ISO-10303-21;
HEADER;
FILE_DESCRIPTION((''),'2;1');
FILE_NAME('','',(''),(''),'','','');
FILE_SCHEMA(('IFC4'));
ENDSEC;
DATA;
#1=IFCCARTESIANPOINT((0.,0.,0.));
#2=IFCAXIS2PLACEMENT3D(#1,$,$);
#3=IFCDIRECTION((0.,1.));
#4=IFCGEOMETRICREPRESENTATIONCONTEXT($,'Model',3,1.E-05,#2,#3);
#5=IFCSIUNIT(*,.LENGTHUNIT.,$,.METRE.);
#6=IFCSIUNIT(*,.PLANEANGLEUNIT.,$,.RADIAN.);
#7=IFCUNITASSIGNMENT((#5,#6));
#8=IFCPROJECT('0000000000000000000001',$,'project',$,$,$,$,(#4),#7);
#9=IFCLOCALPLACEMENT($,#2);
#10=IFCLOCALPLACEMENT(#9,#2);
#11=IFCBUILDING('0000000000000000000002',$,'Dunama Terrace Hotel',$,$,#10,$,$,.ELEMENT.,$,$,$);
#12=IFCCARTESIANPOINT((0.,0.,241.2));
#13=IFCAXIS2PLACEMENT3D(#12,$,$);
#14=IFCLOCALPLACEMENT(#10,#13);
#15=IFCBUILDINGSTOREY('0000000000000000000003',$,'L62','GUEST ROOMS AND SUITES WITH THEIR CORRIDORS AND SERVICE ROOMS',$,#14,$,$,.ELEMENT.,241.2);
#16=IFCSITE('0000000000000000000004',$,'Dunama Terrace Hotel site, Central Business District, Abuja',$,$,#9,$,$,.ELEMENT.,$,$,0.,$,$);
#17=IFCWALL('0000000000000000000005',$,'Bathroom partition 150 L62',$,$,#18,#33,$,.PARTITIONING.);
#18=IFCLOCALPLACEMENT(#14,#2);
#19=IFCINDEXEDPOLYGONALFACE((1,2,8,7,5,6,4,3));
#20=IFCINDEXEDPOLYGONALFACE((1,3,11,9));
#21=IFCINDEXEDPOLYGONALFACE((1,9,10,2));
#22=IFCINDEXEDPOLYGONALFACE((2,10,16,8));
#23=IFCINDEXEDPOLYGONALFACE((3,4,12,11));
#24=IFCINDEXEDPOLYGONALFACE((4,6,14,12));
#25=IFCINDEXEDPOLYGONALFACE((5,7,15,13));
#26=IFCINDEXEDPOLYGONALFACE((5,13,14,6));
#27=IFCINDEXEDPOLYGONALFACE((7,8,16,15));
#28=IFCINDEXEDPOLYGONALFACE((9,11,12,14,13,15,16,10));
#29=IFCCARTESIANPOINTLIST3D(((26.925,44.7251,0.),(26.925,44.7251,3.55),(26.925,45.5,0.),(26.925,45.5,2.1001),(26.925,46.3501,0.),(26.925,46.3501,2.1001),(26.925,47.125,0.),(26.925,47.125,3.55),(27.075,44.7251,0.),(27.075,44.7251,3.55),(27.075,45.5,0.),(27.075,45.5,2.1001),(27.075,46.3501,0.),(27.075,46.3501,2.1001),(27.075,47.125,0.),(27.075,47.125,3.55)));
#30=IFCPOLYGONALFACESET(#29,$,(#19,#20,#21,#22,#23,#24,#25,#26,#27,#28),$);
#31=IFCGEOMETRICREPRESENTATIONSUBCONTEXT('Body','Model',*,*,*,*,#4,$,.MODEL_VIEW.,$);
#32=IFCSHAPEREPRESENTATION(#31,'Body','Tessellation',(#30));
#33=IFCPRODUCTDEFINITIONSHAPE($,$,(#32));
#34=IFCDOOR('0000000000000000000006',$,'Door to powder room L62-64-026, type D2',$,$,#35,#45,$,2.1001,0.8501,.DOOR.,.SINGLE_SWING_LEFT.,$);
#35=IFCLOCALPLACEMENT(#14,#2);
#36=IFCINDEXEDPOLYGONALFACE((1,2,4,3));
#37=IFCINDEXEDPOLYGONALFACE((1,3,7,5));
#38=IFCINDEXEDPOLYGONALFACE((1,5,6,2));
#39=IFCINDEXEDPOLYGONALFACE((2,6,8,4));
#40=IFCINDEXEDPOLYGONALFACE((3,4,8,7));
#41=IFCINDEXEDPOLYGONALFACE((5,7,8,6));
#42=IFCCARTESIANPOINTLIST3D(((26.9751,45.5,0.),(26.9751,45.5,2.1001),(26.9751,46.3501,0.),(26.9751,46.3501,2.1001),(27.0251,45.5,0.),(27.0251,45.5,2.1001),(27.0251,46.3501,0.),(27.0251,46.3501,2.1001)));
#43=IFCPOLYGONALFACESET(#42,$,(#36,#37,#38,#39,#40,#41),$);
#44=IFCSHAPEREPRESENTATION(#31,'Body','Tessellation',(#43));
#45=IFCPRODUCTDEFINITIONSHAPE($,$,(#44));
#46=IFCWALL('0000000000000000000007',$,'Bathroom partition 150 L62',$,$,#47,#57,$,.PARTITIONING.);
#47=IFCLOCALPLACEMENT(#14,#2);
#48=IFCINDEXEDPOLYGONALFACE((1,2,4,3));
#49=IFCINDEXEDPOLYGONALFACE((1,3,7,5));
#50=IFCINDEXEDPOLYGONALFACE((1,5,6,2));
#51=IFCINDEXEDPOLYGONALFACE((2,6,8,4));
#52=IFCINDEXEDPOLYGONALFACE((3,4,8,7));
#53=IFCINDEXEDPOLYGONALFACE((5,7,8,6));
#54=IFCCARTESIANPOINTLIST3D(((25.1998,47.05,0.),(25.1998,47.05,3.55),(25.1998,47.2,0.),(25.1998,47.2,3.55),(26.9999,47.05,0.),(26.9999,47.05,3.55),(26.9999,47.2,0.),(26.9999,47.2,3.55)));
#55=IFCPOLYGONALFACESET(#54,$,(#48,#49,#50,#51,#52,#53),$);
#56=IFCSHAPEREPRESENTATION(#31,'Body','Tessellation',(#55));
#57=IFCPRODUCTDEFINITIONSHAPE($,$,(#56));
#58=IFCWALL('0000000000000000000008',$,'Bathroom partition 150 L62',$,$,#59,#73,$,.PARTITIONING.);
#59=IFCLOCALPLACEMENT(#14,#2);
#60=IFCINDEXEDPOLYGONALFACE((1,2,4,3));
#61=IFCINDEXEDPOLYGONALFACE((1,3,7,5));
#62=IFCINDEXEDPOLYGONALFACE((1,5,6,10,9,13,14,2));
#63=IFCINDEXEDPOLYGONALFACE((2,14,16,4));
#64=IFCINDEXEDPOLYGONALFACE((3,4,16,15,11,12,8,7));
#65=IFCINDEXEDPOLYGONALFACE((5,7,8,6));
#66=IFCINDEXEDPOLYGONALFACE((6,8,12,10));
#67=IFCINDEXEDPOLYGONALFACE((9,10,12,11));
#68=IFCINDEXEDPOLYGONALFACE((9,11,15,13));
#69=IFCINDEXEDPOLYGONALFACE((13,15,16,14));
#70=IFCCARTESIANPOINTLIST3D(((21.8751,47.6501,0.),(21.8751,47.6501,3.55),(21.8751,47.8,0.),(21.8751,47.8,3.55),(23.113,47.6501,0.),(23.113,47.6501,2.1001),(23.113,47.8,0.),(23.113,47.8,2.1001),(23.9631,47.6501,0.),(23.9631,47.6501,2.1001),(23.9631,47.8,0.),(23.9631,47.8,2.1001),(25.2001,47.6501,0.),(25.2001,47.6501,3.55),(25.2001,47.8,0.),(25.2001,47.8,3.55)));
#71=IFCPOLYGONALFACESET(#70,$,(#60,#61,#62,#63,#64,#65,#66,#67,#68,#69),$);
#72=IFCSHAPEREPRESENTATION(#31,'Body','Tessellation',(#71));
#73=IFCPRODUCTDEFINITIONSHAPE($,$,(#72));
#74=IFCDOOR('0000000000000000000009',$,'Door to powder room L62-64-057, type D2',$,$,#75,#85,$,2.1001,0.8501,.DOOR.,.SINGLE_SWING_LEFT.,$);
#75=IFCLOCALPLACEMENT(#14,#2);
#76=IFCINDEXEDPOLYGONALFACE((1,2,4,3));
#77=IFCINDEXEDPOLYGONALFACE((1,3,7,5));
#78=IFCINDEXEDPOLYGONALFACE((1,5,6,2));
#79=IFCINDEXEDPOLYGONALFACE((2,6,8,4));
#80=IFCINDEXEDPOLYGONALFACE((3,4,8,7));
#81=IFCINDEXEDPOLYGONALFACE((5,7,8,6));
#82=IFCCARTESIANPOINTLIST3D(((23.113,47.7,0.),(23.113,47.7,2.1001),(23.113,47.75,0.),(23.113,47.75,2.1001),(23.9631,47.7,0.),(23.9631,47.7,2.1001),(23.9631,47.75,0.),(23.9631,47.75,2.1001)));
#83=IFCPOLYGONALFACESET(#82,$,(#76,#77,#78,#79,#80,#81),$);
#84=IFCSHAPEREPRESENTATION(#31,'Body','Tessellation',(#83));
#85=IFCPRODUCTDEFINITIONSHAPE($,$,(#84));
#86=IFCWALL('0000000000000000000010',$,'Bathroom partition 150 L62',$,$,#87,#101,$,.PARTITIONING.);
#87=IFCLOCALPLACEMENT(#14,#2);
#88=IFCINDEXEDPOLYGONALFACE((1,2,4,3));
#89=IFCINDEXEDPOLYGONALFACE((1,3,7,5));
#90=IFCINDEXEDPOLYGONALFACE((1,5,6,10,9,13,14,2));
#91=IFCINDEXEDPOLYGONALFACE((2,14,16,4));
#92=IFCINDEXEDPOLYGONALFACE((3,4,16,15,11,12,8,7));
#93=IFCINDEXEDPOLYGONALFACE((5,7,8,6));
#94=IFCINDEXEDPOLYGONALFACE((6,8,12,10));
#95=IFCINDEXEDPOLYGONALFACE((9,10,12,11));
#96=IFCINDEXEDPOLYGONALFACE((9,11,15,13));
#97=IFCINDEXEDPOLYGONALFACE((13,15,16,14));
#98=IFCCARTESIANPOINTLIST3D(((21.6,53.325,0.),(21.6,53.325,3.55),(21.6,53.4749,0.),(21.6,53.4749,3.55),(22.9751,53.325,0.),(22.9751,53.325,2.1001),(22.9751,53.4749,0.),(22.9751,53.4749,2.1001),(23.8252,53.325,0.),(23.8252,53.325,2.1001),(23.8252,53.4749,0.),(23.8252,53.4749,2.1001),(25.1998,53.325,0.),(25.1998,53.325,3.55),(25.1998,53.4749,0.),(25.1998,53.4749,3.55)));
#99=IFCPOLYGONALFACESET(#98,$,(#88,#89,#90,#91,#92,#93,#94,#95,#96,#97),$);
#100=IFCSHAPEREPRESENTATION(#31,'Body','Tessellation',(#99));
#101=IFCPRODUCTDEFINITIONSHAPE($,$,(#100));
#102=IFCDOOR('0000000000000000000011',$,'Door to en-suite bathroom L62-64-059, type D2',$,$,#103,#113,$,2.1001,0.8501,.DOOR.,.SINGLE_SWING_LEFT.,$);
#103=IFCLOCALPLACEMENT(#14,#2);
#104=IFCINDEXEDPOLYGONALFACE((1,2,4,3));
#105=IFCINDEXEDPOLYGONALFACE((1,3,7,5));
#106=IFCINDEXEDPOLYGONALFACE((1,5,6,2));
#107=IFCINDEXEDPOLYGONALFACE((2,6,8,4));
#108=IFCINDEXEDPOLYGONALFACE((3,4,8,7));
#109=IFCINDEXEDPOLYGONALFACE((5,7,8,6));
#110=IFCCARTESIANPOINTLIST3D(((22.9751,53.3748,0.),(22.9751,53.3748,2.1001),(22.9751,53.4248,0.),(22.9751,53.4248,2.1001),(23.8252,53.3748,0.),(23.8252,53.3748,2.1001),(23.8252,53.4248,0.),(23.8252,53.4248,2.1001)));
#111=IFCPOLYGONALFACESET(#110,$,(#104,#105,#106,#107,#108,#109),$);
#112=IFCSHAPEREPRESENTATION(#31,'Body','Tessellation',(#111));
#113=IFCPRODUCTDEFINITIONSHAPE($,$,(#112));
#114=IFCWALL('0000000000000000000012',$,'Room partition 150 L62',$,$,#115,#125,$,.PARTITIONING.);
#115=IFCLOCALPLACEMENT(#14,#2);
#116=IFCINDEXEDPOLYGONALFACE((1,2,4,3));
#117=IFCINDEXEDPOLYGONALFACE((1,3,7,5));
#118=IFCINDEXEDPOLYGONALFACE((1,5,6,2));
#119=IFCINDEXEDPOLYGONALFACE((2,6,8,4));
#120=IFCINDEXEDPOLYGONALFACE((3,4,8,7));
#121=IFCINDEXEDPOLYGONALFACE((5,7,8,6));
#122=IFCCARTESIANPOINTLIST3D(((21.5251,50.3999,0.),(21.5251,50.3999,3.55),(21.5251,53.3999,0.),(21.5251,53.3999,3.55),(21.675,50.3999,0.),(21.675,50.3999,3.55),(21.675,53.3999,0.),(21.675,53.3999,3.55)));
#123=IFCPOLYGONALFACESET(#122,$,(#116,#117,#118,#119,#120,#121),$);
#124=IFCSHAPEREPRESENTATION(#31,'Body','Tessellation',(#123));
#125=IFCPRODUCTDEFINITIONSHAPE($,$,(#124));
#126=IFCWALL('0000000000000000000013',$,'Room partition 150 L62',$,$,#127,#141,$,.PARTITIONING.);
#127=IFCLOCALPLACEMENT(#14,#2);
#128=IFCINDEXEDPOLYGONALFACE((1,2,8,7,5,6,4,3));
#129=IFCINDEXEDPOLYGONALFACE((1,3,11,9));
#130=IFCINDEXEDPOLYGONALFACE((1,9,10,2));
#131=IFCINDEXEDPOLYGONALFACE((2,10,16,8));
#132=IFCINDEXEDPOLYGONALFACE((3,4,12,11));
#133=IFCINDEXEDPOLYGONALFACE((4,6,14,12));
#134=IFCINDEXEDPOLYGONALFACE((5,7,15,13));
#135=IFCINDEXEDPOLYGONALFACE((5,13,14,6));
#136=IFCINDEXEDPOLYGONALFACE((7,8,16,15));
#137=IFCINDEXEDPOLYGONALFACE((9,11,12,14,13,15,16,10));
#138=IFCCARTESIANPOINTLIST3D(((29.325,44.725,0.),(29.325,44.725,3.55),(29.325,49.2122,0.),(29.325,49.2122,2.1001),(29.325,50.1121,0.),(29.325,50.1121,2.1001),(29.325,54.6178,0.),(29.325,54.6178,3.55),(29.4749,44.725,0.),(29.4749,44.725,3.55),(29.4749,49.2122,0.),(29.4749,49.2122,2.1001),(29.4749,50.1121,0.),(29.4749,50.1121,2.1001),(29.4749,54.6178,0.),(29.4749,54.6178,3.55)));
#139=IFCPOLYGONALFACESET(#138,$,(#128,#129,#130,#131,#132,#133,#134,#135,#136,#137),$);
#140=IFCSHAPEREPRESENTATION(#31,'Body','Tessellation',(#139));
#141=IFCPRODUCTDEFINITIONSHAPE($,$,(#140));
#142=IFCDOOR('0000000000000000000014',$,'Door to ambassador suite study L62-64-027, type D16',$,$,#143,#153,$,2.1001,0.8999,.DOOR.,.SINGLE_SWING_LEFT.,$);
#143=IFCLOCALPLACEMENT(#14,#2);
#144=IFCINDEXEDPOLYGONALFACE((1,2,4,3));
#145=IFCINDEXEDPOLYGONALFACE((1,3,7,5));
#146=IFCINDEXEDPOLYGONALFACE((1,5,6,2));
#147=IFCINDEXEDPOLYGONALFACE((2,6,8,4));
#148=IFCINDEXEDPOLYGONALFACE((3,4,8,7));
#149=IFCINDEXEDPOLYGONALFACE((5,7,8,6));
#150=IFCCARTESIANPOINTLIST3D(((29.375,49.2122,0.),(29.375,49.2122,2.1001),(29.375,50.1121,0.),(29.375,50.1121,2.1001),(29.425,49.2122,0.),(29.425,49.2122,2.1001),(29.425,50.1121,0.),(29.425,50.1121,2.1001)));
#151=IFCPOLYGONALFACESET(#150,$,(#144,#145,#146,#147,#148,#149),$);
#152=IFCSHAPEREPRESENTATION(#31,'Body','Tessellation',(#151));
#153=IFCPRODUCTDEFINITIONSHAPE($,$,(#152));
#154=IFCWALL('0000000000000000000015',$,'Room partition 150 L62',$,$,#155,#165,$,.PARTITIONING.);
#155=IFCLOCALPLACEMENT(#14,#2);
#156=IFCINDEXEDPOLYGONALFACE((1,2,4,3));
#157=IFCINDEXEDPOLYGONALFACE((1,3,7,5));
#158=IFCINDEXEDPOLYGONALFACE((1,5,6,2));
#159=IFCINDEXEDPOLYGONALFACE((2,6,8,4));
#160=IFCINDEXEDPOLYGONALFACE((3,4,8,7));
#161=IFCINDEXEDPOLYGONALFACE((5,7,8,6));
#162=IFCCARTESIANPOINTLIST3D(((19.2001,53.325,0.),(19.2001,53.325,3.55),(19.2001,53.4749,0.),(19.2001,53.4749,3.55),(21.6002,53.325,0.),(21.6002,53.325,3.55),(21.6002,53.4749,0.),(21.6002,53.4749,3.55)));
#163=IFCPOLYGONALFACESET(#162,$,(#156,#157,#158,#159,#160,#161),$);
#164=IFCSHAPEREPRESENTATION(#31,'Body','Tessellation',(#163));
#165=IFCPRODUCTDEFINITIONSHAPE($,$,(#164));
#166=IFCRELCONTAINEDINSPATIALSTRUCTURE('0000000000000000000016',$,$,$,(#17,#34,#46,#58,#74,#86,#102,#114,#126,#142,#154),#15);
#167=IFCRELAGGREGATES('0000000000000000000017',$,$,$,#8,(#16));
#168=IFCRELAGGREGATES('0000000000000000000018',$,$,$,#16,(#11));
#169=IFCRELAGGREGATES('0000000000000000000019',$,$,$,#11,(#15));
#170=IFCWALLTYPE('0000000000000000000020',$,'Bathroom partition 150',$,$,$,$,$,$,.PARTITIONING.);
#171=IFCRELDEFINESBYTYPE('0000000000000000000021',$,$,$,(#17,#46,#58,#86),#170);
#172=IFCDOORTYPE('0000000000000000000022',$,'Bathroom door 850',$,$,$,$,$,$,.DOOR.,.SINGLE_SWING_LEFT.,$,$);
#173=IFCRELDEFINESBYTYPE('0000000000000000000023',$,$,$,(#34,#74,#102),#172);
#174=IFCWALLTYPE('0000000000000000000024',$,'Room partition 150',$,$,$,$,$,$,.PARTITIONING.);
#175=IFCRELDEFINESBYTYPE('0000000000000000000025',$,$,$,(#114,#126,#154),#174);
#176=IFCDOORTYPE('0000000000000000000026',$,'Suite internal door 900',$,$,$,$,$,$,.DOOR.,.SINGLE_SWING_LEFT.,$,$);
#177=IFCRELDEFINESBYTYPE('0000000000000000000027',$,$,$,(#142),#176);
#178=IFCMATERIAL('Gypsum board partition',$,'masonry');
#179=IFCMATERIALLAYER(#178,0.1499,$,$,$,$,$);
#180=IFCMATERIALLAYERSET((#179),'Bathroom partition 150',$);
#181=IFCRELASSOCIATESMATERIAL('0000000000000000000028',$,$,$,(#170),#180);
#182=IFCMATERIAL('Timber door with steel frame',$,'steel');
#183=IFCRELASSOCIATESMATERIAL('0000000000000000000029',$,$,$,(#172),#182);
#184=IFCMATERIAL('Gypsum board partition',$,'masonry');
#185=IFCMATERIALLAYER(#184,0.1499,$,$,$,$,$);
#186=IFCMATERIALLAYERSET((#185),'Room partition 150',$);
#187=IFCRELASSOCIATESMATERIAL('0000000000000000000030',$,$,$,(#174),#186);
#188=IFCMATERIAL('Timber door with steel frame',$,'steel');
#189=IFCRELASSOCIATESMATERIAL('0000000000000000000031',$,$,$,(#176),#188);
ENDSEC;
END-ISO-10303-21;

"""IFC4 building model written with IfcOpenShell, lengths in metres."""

from ifc_helpers import new_model, si_unit, direction, frame, frame_2d, origin, place, context, subcontext, project, spatial, rectangle, extrude, material, layer, layer_set, type_object, element, fill, save


model = new_model("IFC4")

# Units and contexts
model_context = context("Model", 3, precision=1e-05, world=origin(), true_north=direction((0.0, 1.0)))
body_context = subcontext(model_context, "Body", "Model", "MODEL_VIEW")
ifc_project = project(units=[si_unit("LENGTHUNIT", "METRE"), si_unit("PLANEANGLEUNIT", "RADIAN")], contexts=[model_context])

# Site, building, storey
site_placement = place(None, origin())
site = spatial("IfcSite", under=ifc_project, at=site_placement, Name="Dunama Terrace Hotel site, Central Business District, Abuja", CompositionType="ELEMENT", RefElevation=0.0)
building_placement = place(site_placement, origin())
building = spatial("IfcBuilding", under=site, at=building_placement, Name="Dunama Terrace Hotel", CompositionType="ELEMENT")
storey_placement = place(building_placement, frame((0.0, 0.0, 241.2)))
storey = spatial("IfcBuildingStorey", under=building, at=storey_placement, Name="L62", Description="GUEST ROOMS AND SUITES WITH THEIR CORRIDORS AND SERVICE ROOMS", CompositionType="ELEMENT", Elevation=241.2)

# Wall, opening, door
ifc_material_1 = material(Name="Gypsum board partition", Category="masonry")
ifc_layer_1 = layer(ifc_material_1, 0.1499)
ifc_layer_set_1 = layer_set([ifc_layer_1], Name="Bathroom partition 150")
wall_type_1 = type_object("IfcWallType", Name="Bathroom partition 150", PredefinedType="PARTITIONING", material=ifc_layer_set_1)
wall_1_placement = place(storey_placement, frame((27.0, 44.7251, 0.0), z_axis=(0.0, 0.0, 1.0), x_axis=(0.0, 1.0, 0.0)))
wall_1 = element("IfcWall", 1, at=wall_1_placement, inside=storey, type_object=wall_type_1, Name="Bathroom partition 150 L62", PredefinedType="PARTITIONING", context=body_context, shape_type="SweptSolid", body=[
    extrude(rectangle(XDim=2.3999, YDim=0.1499, at=frame_2d((1.2, 0.0))), origin(), (0.0, 0.0, 1.0), 3.55),
])
opening_1_placement = place(wall_1_placement, frame((0.7749, 0.0, 0.0)))
opening_1 = element("IfcOpeningElement", 2, at=opening_1_placement, cuts=wall_1, PredefinedType="OPENING", context=body_context, shape_type="SweptSolid", body=[
    extrude(rectangle(XDim=0.8501, YDim=2.1001, at=frame_2d((0.425, 1.05))), frame((0.0, 0.085, 0.0), z_axis=(0.0, -1.0, 0.0), x_axis=(1.0, 0.0, 0.0)), (0.0, 0.0, 1.0), 0.1699),
])
ifc_material_2 = material(Name="Timber door with steel frame", Category="steel")
door_type_1 = type_object("IfcDoorType", Name="Bathroom door 850", OperationType="SINGLE_SWING_LEFT", PredefinedType="DOOR", material=ifc_material_2)
door_1_placement = place(opening_1_placement, origin())
door_1 = element("IfcDoor", 3, at=door_1_placement, inside=storey, type_object=door_type_1, Name="Door to powder room L62-64-026, type D2", OperationType="SINGLE_SWING_LEFT", OverallHeight=2.1001, OverallWidth=0.8501, PredefinedType="DOOR", context=body_context, shape_type="SweptSolid", body=[
    extrude(rectangle(XDim=0.8501, YDim=2.1001, at=frame_2d((0.425, 1.05))), frame((0.0, 0.0249, 0.0), z_axis=(0.0, -1.0, 0.0), x_axis=(1.0, 0.0, 0.0)), (0.0, 0.0, 1.0), 0.05),
])
fill(opening_1, door_1)

# Wall
wall_2_placement = place(storey_placement, frame((25.2, 47.125, 0.0), z_axis=(0.0, 0.0, 1.0), x_axis=(1.0, 0.0, 0.0)))
element("IfcWall", 4, at=wall_2_placement, inside=storey, type_object=wall_type_1, Name="Bathroom partition 150 L62", PredefinedType="PARTITIONING", context=body_context, shape_type="SweptSolid", body=[
    extrude(rectangle(XDim=1.8, YDim=0.1499, at=frame_2d((0.8999, 0.0))), origin(), (0.0, 0.0, 1.0), 3.55),
])

# Walls, openings, doors
wall_3_placement = place(storey_placement, frame((21.875, 47.7251, 0.0), z_axis=(0.0, 0.0, 1.0), x_axis=(1.0, 0.0, 0.0)))
wall_3 = element("IfcWall", 5, at=wall_3_placement, inside=storey, type_object=wall_type_1, Name="Bathroom partition 150 L62", PredefinedType="PARTITIONING", context=body_context, shape_type="SweptSolid", body=[
    extrude(rectangle(XDim=3.325, YDim=0.1499, at=frame_2d((1.6626, 0.0))), origin(), (0.0, 0.0, 1.0), 3.55),
])
opening_2_placement = place(wall_3_placement, frame((1.238, 0.0, 0.0)))
opening_2 = element("IfcOpeningElement", 6, at=opening_2_placement, cuts=wall_3, PredefinedType="OPENING", context=body_context, shape_type="SweptSolid", body=[
    extrude(rectangle(XDim=0.8501, YDim=2.1001, at=frame_2d((0.425, 1.05))), frame((0.0, 0.085, 0.0), z_axis=(0.0, -1.0, 0.0), x_axis=(1.0, 0.0, 0.0)), (0.0, 0.0, 1.0), 0.1699),
])
door_2_placement = place(opening_2_placement, frame((0.8501, 0.0, 0.0), z_axis=(0.0, 0.0, 1.0), x_axis=(-1.0, 0.0, 0.0)))
door_2 = element("IfcDoor", 7, at=door_2_placement, inside=storey, type_object=door_type_1, Name="Door to powder room L62-64-057, type D2", OperationType="SINGLE_SWING_LEFT", OverallHeight=2.1001, OverallWidth=0.8501, PredefinedType="DOOR", context=body_context, shape_type="SweptSolid", body=[
    extrude(rectangle(XDim=0.8501, YDim=2.1001, at=frame_2d((0.425, 1.05))), frame((0.0, 0.0251, 0.0), z_axis=(0.0, -1.0, 0.0), x_axis=(1.0, 0.0, 0.0)), (0.0, 0.0, 1.0), 0.05),
])
fill(opening_2, door_2)
wall_4_placement = place(storey_placement, frame((21.6001, 53.3999, 0.0), z_axis=(0.0, 0.0, 1.0), x_axis=(1.0, 0.0, 0.0)))
wall_4 = element("IfcWall", 8, at=wall_4_placement, inside=storey, type_object=wall_type_1, Name="Bathroom partition 150 L62", PredefinedType="PARTITIONING", context=body_context, shape_type="SweptSolid", body=[
    extrude(rectangle(XDim=3.5999, YDim=0.1499, at=frame_2d((1.7998, 0.0))), origin(), (0.0, 0.0, 1.0), 3.55),
])
opening_3_placement = place(wall_4_placement, frame((1.375, 0.0, 0.0)))
opening_3 = element("IfcOpeningElement", 9, at=opening_3_placement, cuts=wall_4, PredefinedType="OPENING", context=body_context, shape_type="SweptSolid", body=[
    extrude(rectangle(XDim=0.8501, YDim=2.1001, at=frame_2d((0.425, 1.05))), frame((0.0, 0.085, 0.0), z_axis=(0.0, -1.0, 0.0), x_axis=(1.0, 0.0, 0.0)), (0.0, 0.0, 1.0), 0.1699),
])
door_3_placement = place(opening_3_placement, frame((0.8501, 0.0, 0.0), z_axis=(0.0, 0.0, 1.0), x_axis=(-1.0, 0.0, 0.0)))
door_3 = element("IfcDoor", 10, at=door_3_placement, inside=storey, type_object=door_type_1, Name="Door to en-suite bathroom L62-64-059, type D2", OperationType="SINGLE_SWING_LEFT", OverallHeight=2.1001, OverallWidth=0.8501, PredefinedType="DOOR", context=body_context, shape_type="SweptSolid", body=[
    extrude(rectangle(XDim=0.8501, YDim=2.1001, at=frame_2d((0.425, 1.05))), frame((0.0, 0.0251, 0.0), z_axis=(0.0, -1.0, 0.0), x_axis=(1.0, 0.0, 0.0)), (0.0, 0.0, 1.0), 0.05),
])
fill(opening_3, door_3)

# Wall
ifc_material_3 = material(Name="Gypsum board partition", Category="masonry")
ifc_layer_2 = layer(ifc_material_3, 0.1499)
ifc_layer_set_2 = layer_set([ifc_layer_2], Name="Room partition 150")
wall_type_2 = type_object("IfcWallType", Name="Room partition 150", PredefinedType="PARTITIONING", material=ifc_layer_set_2)
wall_5_placement = place(storey_placement, frame((21.6001, 50.3999, 0.0), z_axis=(0.0, 0.0, 1.0), x_axis=(0.0, 1.0, 0.0)))
element("IfcWall", 11, at=wall_5_placement, inside=storey, type_object=wall_type_2, Name="Room partition 150 L62", PredefinedType="PARTITIONING", context=body_context, shape_type="SweptSolid", body=[
    extrude(rectangle(XDim=3.0, YDim=0.1499, at=frame_2d((1.5, 0.0))), origin(), (0.0, 0.0, 1.0), 3.55),
])

# Wall, opening, door
wall_6_placement = place(storey_placement, frame((29.3999, 44.7251, 0.0), z_axis=(0.0, 0.0, 1.0), x_axis=(0.0, 1.0, 0.0)))
wall_6 = element("IfcWall", 12, at=wall_6_placement, inside=storey, type_object=wall_type_2, Name="Room partition 150 L62", PredefinedType="PARTITIONING", context=body_context, shape_type="SweptSolid", body=[
    extrude(rectangle(XDim=9.8928, YDim=0.1499, at=frame_2d((4.9463, 0.0))), origin(), (0.0, 0.0, 1.0), 3.55),
])
opening_4_placement = place(wall_6_placement, frame((4.4871, 0.0, 0.0)))
opening_4 = element("IfcOpeningElement", 13, at=opening_4_placement, cuts=wall_6, PredefinedType="OPENING", context=body_context, shape_type="SweptSolid", body=[
    extrude(rectangle(XDim=0.8999, YDim=2.1001, at=frame_2d((0.45, 1.05))), frame((0.0, 0.085, 0.0), z_axis=(0.0, -1.0, 0.0), x_axis=(1.0, 0.0, 0.0)), (0.0, 0.0, 1.0), 0.1699),
])
ifc_material_4 = material(Name="Timber door with steel frame", Category="steel")
door_type_2 = type_object("IfcDoorType", Name="Suite internal door 900", OperationType="SINGLE_SWING_LEFT", PredefinedType="DOOR", material=ifc_material_4)
door_4_placement = place(opening_4_placement, origin())
door_4 = element("IfcDoor", 14, at=door_4_placement, inside=storey, type_object=door_type_2, Name="Door to ambassador suite study L62-64-027, type D16", OperationType="SINGLE_SWING_LEFT", OverallHeight=2.1001, OverallWidth=0.8999, PredefinedType="DOOR", context=body_context, shape_type="SweptSolid", body=[
    extrude(rectangle(XDim=0.8999, YDim=2.1001, at=frame_2d((0.45, 1.05))), frame((0.0, 0.0249, 0.0), z_axis=(0.0, -1.0, 0.0), x_axis=(1.0, 0.0, 0.0)), (0.0, 0.0, 1.0), 0.05),
])
fill(opening_4, door_4)

# Wall
wall_7_placement = place(storey_placement, frame((19.2, 53.3999, 0.0), z_axis=(0.0, 0.0, 1.0), x_axis=(1.0, 0.0, 0.0)))
element("IfcWall", 15, at=wall_7_placement, inside=storey, type_object=wall_type_2, Name="Room partition 150 L62", PredefinedType="PARTITIONING", context=body_context, shape_type="SweptSolid", body=[
    extrude(rectangle(XDim=2.4001, YDim=0.1499, at=frame_2d((1.2002, 0.0))), origin(), (0.0, 0.0, 1.0), 3.55),
])

save(model, "model.ifc")
